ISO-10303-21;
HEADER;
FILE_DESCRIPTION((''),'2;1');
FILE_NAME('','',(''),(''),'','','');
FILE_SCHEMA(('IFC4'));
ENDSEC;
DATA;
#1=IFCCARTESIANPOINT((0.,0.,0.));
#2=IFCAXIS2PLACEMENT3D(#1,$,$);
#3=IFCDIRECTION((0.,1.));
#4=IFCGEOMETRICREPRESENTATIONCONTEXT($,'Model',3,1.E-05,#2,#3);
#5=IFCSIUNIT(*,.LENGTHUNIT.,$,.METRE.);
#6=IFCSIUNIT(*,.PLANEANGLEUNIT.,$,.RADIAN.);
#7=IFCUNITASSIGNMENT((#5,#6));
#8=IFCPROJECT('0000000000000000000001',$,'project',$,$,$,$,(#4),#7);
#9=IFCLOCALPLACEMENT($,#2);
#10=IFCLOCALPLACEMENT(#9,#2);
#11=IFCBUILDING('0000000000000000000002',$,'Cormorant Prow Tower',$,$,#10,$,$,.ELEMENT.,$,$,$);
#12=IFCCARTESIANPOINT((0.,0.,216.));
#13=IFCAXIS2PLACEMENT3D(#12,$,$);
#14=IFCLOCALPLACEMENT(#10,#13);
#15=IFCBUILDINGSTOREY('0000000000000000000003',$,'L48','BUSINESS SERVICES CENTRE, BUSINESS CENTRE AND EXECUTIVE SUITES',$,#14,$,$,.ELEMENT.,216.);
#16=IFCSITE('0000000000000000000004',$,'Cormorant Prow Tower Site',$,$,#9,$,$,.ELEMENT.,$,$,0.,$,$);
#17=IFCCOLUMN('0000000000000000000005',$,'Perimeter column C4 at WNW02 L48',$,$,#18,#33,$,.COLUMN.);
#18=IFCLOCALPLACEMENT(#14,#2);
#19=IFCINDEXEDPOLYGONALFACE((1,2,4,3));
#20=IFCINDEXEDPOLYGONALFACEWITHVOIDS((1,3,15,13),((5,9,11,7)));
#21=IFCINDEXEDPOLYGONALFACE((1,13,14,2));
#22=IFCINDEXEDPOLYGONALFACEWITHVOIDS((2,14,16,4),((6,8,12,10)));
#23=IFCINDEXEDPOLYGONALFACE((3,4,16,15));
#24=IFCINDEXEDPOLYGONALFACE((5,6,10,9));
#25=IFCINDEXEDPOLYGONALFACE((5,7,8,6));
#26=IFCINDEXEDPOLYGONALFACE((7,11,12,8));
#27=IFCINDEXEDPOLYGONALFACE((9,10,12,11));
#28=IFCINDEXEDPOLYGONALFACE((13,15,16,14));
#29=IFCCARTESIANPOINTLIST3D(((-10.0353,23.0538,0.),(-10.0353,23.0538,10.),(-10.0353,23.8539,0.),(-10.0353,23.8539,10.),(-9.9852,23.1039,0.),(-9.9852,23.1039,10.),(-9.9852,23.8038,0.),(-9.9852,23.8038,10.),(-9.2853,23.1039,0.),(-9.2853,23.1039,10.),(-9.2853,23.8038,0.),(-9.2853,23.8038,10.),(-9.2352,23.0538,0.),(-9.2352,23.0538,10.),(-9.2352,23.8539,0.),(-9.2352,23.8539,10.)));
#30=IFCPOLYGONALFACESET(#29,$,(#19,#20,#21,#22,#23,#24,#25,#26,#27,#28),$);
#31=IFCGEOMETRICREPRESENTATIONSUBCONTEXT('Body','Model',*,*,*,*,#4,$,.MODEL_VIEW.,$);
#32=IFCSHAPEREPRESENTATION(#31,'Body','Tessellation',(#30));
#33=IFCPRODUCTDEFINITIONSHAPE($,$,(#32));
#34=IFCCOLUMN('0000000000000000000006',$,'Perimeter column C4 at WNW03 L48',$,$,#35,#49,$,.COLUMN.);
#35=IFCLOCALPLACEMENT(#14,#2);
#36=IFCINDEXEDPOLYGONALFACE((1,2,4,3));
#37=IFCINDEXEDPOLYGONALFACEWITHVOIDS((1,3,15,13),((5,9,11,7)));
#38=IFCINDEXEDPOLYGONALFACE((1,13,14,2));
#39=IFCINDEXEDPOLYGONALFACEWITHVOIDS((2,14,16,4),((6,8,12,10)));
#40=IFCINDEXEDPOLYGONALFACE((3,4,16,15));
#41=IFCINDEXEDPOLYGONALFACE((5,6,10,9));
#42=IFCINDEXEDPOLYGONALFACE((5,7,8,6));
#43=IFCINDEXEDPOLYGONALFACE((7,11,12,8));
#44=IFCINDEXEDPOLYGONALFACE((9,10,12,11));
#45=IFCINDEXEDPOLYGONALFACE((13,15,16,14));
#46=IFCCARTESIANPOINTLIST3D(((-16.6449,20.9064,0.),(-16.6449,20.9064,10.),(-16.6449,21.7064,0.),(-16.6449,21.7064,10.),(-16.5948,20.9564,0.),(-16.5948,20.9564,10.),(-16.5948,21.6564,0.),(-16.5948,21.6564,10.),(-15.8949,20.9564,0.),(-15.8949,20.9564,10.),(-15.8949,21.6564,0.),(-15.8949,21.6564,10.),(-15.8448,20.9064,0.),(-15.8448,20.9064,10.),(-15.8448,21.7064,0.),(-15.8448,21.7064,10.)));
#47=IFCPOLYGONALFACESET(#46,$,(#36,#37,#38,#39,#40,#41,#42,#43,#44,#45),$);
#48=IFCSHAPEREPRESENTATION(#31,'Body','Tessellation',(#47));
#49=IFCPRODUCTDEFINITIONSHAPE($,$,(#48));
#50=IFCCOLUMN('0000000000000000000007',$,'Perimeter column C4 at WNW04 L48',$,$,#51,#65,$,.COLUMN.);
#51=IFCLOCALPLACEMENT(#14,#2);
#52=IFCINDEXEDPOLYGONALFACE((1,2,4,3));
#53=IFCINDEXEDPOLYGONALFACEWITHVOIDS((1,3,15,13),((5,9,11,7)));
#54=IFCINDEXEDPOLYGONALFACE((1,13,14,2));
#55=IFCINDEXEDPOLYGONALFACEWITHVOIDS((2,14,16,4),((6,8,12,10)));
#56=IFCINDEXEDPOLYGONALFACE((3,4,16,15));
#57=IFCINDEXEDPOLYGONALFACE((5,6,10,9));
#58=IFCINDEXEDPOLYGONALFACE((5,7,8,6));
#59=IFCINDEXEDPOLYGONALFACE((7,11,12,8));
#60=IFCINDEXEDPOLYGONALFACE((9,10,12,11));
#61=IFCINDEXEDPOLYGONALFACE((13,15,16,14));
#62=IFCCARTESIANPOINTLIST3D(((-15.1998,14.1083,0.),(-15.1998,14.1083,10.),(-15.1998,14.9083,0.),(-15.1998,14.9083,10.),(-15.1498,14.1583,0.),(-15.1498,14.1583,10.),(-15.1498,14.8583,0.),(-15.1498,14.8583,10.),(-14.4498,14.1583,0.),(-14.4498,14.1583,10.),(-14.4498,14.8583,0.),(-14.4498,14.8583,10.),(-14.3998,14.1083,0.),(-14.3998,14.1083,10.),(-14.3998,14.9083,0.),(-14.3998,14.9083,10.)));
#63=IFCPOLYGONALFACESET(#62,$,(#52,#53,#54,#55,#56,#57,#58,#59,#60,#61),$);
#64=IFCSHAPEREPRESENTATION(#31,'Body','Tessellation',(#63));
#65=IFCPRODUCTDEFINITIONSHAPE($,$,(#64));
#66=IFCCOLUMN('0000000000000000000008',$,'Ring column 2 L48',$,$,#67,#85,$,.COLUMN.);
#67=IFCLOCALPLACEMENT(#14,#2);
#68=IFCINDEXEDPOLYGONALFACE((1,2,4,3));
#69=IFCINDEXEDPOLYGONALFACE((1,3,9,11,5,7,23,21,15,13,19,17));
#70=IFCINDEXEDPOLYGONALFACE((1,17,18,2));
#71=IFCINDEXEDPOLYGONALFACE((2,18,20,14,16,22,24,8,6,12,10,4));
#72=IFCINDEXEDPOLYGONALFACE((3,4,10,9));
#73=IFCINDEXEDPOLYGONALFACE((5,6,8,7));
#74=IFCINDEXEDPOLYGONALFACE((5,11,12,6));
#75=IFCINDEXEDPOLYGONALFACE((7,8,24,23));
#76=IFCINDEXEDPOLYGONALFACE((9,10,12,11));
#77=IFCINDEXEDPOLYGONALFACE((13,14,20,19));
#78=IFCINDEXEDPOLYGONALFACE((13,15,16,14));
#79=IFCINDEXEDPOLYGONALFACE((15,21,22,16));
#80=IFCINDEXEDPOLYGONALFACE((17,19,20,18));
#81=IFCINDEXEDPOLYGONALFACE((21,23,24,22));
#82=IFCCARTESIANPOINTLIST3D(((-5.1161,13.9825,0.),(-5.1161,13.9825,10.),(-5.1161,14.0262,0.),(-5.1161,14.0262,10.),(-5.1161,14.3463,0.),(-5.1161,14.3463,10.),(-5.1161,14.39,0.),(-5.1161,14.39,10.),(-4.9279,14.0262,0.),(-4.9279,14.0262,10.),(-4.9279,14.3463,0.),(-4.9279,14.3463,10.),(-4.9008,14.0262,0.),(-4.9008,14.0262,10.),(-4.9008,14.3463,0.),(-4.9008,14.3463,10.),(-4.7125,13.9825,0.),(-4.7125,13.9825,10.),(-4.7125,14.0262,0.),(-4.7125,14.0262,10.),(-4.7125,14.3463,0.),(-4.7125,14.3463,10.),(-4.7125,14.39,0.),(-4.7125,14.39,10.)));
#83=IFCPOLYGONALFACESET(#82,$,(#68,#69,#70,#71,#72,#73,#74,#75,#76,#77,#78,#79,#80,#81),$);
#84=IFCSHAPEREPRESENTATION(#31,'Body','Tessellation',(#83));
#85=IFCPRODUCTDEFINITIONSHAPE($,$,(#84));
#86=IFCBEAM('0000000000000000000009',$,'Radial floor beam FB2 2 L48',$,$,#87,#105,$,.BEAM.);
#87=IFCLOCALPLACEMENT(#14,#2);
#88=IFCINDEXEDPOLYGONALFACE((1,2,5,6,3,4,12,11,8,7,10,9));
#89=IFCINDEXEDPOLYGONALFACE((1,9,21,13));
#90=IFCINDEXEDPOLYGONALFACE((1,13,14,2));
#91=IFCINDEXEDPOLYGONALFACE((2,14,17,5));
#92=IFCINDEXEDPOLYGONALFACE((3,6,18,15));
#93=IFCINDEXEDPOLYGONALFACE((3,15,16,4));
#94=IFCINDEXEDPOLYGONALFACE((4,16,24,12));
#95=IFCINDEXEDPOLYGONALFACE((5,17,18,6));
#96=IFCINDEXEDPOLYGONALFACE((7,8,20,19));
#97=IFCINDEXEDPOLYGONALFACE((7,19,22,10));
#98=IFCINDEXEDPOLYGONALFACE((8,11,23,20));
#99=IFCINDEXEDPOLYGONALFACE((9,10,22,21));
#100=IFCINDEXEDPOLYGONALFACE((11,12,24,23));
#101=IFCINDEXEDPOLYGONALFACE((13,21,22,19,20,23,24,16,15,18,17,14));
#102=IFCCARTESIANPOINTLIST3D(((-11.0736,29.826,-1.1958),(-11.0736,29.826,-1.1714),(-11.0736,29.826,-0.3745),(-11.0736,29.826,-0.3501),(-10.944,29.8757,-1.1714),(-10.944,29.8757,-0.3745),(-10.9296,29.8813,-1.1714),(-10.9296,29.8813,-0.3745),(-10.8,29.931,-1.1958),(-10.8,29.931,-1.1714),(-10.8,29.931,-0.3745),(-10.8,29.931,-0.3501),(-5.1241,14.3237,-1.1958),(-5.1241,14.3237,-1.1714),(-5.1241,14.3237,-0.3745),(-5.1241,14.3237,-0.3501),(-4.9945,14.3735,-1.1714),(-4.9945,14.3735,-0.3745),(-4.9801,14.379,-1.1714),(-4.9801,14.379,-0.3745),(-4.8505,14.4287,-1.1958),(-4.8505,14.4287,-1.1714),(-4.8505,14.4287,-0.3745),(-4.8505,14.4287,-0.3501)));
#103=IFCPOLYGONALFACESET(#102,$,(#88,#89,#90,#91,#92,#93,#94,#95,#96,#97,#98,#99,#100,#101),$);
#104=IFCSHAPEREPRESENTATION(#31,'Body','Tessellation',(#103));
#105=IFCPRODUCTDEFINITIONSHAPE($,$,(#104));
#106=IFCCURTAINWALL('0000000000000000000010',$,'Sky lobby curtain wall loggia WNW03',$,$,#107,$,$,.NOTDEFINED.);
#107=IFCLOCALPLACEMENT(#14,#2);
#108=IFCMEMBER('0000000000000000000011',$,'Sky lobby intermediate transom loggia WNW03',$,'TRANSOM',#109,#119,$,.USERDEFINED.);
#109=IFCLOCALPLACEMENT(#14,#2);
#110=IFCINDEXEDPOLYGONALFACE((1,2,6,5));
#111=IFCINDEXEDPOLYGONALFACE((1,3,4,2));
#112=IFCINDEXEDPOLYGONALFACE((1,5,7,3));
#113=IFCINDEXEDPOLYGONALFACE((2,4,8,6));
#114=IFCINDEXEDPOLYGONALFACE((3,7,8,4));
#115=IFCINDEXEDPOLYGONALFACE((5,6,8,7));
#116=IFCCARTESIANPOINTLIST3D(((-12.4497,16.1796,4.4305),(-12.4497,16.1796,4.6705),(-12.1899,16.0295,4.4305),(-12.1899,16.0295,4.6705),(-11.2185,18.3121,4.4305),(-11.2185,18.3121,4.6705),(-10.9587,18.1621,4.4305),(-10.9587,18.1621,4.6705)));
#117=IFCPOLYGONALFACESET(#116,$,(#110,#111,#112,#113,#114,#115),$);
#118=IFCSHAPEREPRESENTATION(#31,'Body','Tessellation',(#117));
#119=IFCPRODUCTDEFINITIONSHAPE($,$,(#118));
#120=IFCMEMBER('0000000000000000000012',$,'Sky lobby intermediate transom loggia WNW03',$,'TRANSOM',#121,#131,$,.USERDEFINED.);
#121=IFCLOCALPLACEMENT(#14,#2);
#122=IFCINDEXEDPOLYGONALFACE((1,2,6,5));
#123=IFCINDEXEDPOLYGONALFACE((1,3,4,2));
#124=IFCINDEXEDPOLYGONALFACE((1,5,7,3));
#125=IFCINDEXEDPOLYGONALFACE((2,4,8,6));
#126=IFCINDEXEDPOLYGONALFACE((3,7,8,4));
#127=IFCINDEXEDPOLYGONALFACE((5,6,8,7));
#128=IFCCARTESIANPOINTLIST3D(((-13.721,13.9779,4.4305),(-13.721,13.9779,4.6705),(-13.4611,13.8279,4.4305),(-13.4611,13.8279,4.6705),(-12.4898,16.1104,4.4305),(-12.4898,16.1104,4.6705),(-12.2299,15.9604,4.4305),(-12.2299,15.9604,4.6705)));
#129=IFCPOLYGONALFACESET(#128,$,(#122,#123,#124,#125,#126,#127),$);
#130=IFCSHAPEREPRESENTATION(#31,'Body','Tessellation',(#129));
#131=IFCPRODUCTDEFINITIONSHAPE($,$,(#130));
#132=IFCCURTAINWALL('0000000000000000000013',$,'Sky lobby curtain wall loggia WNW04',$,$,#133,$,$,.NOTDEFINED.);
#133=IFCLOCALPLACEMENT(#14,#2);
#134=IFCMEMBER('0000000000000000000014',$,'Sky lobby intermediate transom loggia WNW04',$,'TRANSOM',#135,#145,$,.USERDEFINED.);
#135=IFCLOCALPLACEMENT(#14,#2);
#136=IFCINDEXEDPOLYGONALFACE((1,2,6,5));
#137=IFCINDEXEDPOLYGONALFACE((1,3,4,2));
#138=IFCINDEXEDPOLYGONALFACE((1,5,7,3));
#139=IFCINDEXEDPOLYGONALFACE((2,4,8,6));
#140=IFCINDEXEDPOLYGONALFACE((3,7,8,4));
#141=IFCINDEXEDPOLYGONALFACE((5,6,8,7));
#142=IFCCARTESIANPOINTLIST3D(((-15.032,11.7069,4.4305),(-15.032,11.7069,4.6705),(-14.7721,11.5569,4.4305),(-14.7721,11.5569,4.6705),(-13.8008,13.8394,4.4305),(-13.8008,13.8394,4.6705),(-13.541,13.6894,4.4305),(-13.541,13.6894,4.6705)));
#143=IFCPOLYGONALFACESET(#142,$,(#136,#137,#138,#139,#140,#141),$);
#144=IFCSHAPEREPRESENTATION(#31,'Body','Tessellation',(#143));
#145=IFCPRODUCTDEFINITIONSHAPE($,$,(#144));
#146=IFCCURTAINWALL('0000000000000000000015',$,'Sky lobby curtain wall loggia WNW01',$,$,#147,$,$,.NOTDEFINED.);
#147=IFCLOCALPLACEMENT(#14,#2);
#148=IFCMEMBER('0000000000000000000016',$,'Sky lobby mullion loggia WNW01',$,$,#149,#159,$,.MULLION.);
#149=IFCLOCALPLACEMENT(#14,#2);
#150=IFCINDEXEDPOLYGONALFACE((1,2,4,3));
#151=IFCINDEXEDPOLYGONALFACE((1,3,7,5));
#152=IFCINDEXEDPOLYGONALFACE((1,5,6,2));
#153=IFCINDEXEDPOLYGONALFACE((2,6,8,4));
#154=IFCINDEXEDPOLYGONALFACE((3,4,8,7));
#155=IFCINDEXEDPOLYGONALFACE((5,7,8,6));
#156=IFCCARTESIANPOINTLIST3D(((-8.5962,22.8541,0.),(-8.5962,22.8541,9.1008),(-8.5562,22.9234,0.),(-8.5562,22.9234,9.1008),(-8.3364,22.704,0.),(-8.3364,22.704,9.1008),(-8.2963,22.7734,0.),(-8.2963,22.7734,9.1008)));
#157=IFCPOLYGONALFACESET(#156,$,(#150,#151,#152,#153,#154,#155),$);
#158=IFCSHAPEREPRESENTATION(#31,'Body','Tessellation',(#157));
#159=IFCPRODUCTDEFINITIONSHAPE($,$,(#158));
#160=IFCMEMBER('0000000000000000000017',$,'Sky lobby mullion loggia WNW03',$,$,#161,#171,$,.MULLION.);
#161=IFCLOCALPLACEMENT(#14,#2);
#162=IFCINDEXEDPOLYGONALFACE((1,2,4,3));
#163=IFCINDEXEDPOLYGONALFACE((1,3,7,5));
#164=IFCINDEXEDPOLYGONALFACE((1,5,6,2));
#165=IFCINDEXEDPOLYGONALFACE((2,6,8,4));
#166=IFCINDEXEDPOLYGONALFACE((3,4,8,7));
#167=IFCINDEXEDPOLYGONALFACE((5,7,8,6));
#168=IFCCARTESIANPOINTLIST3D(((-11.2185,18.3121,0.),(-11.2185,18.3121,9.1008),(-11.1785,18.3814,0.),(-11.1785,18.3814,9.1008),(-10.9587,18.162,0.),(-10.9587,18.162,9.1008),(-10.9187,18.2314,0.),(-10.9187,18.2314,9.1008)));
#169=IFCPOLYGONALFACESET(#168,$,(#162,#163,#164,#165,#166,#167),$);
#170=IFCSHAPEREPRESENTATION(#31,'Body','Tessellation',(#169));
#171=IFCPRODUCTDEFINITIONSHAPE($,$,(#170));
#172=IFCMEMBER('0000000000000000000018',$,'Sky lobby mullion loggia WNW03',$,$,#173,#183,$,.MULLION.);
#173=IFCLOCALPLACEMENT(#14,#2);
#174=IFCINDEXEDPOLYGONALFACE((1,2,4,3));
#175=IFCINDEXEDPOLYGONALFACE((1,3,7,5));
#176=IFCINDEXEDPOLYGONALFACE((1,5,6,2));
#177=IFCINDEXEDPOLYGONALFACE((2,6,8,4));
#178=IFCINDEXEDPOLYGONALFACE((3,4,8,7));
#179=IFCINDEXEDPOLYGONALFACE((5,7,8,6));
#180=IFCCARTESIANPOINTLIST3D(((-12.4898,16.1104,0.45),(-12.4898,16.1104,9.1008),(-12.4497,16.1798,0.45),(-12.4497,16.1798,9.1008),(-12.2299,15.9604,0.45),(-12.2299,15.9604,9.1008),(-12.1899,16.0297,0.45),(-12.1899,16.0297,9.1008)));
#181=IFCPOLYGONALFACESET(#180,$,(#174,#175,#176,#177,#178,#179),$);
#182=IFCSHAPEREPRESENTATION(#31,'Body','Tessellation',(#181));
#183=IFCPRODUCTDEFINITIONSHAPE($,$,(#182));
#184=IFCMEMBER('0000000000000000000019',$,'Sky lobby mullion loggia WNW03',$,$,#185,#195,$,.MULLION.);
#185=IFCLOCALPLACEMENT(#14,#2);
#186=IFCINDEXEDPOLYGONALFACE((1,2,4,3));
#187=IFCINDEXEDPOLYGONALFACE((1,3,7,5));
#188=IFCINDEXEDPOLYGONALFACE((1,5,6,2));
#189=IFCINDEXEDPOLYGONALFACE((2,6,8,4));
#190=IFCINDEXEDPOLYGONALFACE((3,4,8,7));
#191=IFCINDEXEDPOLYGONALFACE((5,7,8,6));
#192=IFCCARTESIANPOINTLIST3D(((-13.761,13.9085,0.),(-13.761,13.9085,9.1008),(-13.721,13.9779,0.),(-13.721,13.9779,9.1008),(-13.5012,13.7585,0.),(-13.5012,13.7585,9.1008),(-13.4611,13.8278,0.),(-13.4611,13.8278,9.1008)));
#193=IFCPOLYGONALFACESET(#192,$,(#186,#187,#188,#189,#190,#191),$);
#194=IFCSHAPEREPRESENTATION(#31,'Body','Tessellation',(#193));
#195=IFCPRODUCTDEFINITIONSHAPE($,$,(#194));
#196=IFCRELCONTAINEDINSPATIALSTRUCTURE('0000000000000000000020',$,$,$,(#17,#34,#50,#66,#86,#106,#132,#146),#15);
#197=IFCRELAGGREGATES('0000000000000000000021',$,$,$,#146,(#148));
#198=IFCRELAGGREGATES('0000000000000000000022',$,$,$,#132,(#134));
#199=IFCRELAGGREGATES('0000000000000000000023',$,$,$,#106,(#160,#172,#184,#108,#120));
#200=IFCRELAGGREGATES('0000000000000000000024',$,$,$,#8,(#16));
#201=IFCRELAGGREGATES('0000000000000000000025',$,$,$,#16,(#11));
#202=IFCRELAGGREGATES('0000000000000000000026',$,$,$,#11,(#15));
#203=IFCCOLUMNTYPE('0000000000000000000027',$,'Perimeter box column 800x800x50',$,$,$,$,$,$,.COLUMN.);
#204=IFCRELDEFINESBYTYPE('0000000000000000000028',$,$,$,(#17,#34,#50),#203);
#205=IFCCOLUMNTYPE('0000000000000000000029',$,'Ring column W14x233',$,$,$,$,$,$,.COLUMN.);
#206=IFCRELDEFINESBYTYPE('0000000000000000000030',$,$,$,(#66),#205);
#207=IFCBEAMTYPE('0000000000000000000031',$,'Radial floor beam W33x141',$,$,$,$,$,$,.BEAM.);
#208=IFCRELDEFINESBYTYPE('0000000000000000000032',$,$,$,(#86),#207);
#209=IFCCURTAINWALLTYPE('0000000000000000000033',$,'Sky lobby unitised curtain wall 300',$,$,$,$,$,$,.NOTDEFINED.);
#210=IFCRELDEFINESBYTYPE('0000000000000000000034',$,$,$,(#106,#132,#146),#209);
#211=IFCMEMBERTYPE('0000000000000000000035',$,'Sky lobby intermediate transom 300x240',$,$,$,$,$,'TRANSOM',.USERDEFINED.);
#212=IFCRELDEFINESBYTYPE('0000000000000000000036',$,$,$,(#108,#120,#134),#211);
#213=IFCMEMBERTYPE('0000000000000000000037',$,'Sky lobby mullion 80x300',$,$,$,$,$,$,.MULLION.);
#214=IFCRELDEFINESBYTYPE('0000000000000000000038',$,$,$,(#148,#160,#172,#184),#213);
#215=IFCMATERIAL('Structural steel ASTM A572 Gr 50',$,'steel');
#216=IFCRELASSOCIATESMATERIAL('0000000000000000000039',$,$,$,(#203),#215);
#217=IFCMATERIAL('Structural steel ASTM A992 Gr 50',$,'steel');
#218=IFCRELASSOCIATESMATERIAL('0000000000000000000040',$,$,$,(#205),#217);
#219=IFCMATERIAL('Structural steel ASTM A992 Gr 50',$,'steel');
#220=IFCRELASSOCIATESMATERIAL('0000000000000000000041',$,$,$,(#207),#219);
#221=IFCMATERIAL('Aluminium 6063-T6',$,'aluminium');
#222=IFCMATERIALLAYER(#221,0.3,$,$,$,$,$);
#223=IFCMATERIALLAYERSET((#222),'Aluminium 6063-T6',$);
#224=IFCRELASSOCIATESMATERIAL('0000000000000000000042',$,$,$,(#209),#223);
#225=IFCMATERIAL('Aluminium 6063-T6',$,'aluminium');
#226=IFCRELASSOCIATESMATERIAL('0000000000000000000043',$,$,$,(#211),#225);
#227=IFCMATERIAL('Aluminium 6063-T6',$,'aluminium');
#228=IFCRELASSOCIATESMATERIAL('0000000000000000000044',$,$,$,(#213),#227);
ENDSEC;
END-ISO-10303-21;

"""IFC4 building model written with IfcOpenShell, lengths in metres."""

from ifc_helpers import new_model, si_unit, direction, frame, origin, origin_2d, place, context, subcontext, project, spatial, rectangle, hollow_rectangle, i_section, extrude, material, layer, layer_set, material_profile, profile_set, type_object, element, aggregate, save


model = new_model("IFC4")

# Units and contexts
model_context = context("Model", 3, precision=1e-05, world=origin(), true_north=direction((0.0, 1.0)))
body_context = subcontext(model_context, "Body", "Model", "MODEL_VIEW")
ifc_project = project(units=[si_unit("LENGTHUNIT", "METRE"), si_unit("PLANEANGLEUNIT", "RADIAN")], contexts=[model_context])

# Site, building, storey
site_placement = place(None, origin())
site = spatial("IfcSite", under=ifc_project, at=site_placement, Name="Cormorant Prow Tower Site", CompositionType="ELEMENT", RefElevation=0.0)
building_placement = place(site_placement, origin())
building = spatial("IfcBuilding", under=site, at=building_placement, Name="Cormorant Prow Tower", CompositionType="ELEMENT")
storey_placement = place(building_placement, frame((0.0, 0.0, 216.0)))
storey = spatial("IfcBuildingStorey", under=building, at=storey_placement, Name="L48", Description="BUSINESS SERVICES CENTRE, BUSINESS CENTRE AND EXECUTIVE SUITES", CompositionType="ELEMENT", Elevation=216.0)

# Columns
ifc_material_1 = material(Name="Structural steel ASTM A572 Gr 50", Category="steel")
ifc_material_profile_1 = material_profile(ifc_material_1, hollow_rectangle(XDim=0.8, YDim=0.8, WallThickness=0.05, at=origin_2d()), Name="Box 800x800x50")
ifc_profile_set_1 = profile_set([ifc_material_profile_1], Name="Structural steel ASTM A572 Gr 50")
column_type_1 = type_object("IfcColumnType", Name="Perimeter box column 800x800x50", PredefinedType="COLUMN", material=ifc_profile_set_1)
for number, where, z_axis, x_axis, name in (
    (1, (-9.6353, 23.4539, 0.0), (0.0, 0.0, 1.0), (1.0, 0.0, 0.0), "Perimeter column C4 at WNW02 L48"),
    (2, (-16.2449, 21.3064, 0.0), (0.0, 0.0, 1.0), (1.0, 0.0, 0.0), "Perimeter column C4 at WNW03 L48"),
    (3, (-14.7998, 14.5083, 0.0), (0.0, 0.0, 1.0), (1.0, 0.0, 0.0), "Perimeter column C4 at WNW04 L48"),
):
    element("IfcColumn", number, at=place(storey_placement, frame(where, z_axis=z_axis, x_axis=x_axis)), inside=storey, type_object=column_type_1, Name=name, PredefinedType="COLUMN", context=body_context, shape_type="SweptSolid", body=[
        extrude(hollow_rectangle(XDim=0.8, YDim=0.8, WallThickness=0.05, at=origin_2d()), origin(), (0.0, 0.0, 1.0), 10.0),
    ])
ifc_material_2 = material(Name="Structural steel ASTM A992 Gr 50", Category="steel")
ifc_material_profile_2 = material_profile(ifc_material_2, i_section(OverallWidth=0.4036, OverallDepth=0.4075, WebThickness=0.0271, FlangeThickness=0.0437, at=origin_2d()), Name="W14x233")
ifc_profile_set_2 = profile_set([ifc_material_profile_2], Name="Structural steel ASTM A992 Gr 50")
column_type_2 = type_object("IfcColumnType", Name="Ring column W14x233", PredefinedType="COLUMN", material=ifc_profile_set_2)
column_placement = place(storey_placement, frame((-4.9143, 14.1863, 0.0), z_axis=(0.0, 0.0, 1.0), x_axis=(1.0, 0.0, 0.0)))
element("IfcColumn", 4, at=column_placement, inside=storey, type_object=column_type_2, Name="Ring column 2 L48", PredefinedType="COLUMN", context=body_context, shape_type="SweptSolid", body=[
    extrude(i_section(OverallWidth=0.4036, OverallDepth=0.4075, WebThickness=0.0271, FlangeThickness=0.0437, at=origin_2d()), origin(), (0.0, 0.0, 1.0), 10.0),
])

# Beam
ifc_material_3 = material(Name="Structural steel ASTM A992 Gr 50", Category="steel")
ifc_material_profile_3 = material_profile(ifc_material_3, i_section(OverallWidth=0.293, OverallDepth=0.8457, WebThickness=0.0154, FlangeThickness=0.0244, at=origin_2d()), Name="W33x141")
ifc_profile_set_3 = profile_set([ifc_material_profile_3], Name="Structural steel ASTM A992 Gr 50")
beam_type_1 = type_object("IfcBeamType", Name="Radial floor beam W33x141", PredefinedType="BEAM", material=ifc_profile_set_3)
beam_1_placement = place(storey_placement, frame((-4.9873, 14.3762, -0.7729), z_axis=(-0.358301, 0.933606, 0.0), x_axis=(-0.933606, -0.358301, 0.0)))
element("IfcBeam", 5, at=beam_1_placement, inside=storey, type_object=beam_type_1, Name="Radial floor beam FB2 2 L48", PredefinedType="BEAM", context=body_context, shape_type="SweptSolid", body=[
    extrude(i_section(OverallWidth=0.293, OverallDepth=0.8457, WebThickness=0.0154, FlangeThickness=0.0244, at=origin_2d()), origin(), (0.0, 0.0, 1.0), 16.6047),
])

# Curtain wall, members
ifc_material_4 = material(Name="Aluminium 6063-T6", Category="aluminium")
ifc_layer_1 = layer(ifc_material_4, 0.3)
ifc_layer_set_1 = layer_set([ifc_layer_1], Name="Aluminium 6063-T6")
curtain_wall_type = type_object("IfcCurtainWallType", Name="Sky lobby unitised curtain wall 300", PredefinedType="NOTDEFINED", material=ifc_layer_set_1)
curtain_wall_1_placement = place(storey_placement, origin())
curtain_wall_1 = element("IfcCurtainWall", 6, at=curtain_wall_1_placement, inside=storey, type_object=curtain_wall_type, Name="Sky lobby curtain wall loggia WNW03", PredefinedType="NOTDEFINED")
ifc_material_5 = material(Name="Aluminium 6063-T6", Category="aluminium")
ifc_material_profile_4 = material_profile(ifc_material_5, rectangle(XDim=0.3, YDim=0.24, at=origin_2d()), Name="Sky lobby intermediate transom 300x240")
ifc_profile_set_4 = profile_set([ifc_material_profile_4], Name="Aluminium 6063-T6")
member_type_1 = type_object("IfcMemberType", Name="Sky lobby intermediate transom 300x240", ElementType="TRANSOM", PredefinedType="USERDEFINED", material=ifc_profile_set_4)
member_1_placement = place(storey_placement, frame((-11.0886, 18.2371, 4.5505), z_axis=(-0.499989, -0.866032, 0.0), x_axis=(0.866032, -0.499989, 0.0)))
member_1 = element("IfcMember", 7, at=member_1_placement, type_object=member_type_1, Name="Sky lobby intermediate transom loggia WNW03", ObjectType="TRANSOM", PredefinedType="USERDEFINED", context=body_context, shape_type="SweptSolid", body=[
    extrude(rectangle(XDim=0.3, YDim=0.24, at=origin_2d()), origin(), (0.0, 0.0, 1.0), 2.4624),
])
member_2_placement = place(storey_placement, frame((-12.3599, 16.0354, 4.5505), z_axis=(-0.499989, -0.866032, 0.0), x_axis=(0.866032, -0.499989, 0.0)))
member_2 = element("IfcMember", 8, at=member_2_placement, type_object=member_type_1, Name="Sky lobby intermediate transom loggia WNW03", ObjectType="TRANSOM", PredefinedType="USERDEFINED", context=body_context, shape_type="SweptSolid", body=[
    extrude(rectangle(XDim=0.3, YDim=0.24, at=origin_2d()), origin(), (0.0, 0.0, 1.0), 2.4624),
])

# Curtain walls, members
curtain_wall_2_placement = place(storey_placement, origin())
curtain_wall_2 = element("IfcCurtainWall", 9, at=curtain_wall_2_placement, inside=storey, type_object=curtain_wall_type, Name="Sky lobby curtain wall loggia WNW04", PredefinedType="NOTDEFINED")
member_3_placement = place(storey_placement, frame((-13.6709, 13.7644, 4.5505), z_axis=(-0.499989, -0.866032, 0.0), x_axis=(0.866032, -0.499989, 0.0)))
member_3 = element("IfcMember", 10, at=member_3_placement, type_object=member_type_1, Name="Sky lobby intermediate transom loggia WNW04", ObjectType="TRANSOM", PredefinedType="USERDEFINED", context=body_context, shape_type="SweptSolid", body=[
    extrude(rectangle(XDim=0.3, YDim=0.24, at=origin_2d()), origin(), (0.0, 0.0, 1.0), 2.4624),
])
curtain_wall_3_placement = place(storey_placement, origin())
curtain_wall_3 = element("IfcCurtainWall", 11, at=curtain_wall_3_placement, inside=storey, type_object=curtain_wall_type, Name="Sky lobby curtain wall loggia WNW01", PredefinedType="NOTDEFINED")
ifc_material_6 = material(Name="Aluminium 6063-T6", Category="aluminium")
ifc_material_profile_5 = material_profile(ifc_material_6, rectangle(XDim=0.3, YDim=0.0801, at=origin_2d()), Name="Sky lobby mullion 80x300")
ifc_profile_set_5 = profile_set([ifc_material_profile_5], Name="Aluminium 6063-T6")
member_type_2 = type_object("IfcMemberType", Name="Sky lobby mullion 80x300", PredefinedType="MULLION", material=ifc_profile_set_5)
member_4_placement = place(storey_placement, frame((-8.4463, 22.8137, 0.0), z_axis=(0.0, 0.0, 1.0), x_axis=(0.866025, -0.5, 0.0)))
member_4 = element("IfcMember", 12, at=member_4_placement, type_object=member_type_2, Name="Sky lobby mullion loggia WNW01", PredefinedType="MULLION", context=body_context, shape_type="SweptSolid", body=[
    extrude(rectangle(XDim=0.3, YDim=0.0801, at=origin_2d()), origin(), (0.0, 0.0, 1.0), 9.1008),
])
aggregate(curtain_wall_3, [member_4])

# Members
member_5_placement = place(storey_placement, frame((-11.0686, 18.2717, 0.0), z_axis=(0.0, 0.0, 1.0), x_axis=(0.866025, -0.5, 0.0)))
member_5 = element("IfcMember", 13, at=member_5_placement, type_object=member_type_2, Name="Sky lobby mullion loggia WNW03", PredefinedType="MULLION", context=body_context, shape_type="SweptSolid", body=[
    extrude(rectangle(XDim=0.3, YDim=0.0801, at=origin_2d()), origin(), (0.0, 0.0, 1.0), 9.1008),
])
member_6_placement = place(storey_placement, frame((-12.3398, 16.0701, 0.45), z_axis=(0.0, 0.0, 1.0), x_axis=(0.866025, -0.5, 0.0)))
member_6 = element("IfcMember", 14, at=member_6_placement, type_object=member_type_2, Name="Sky lobby mullion loggia WNW03", PredefinedType="MULLION", context=body_context, shape_type="SweptSolid", body=[
    extrude(rectangle(XDim=0.3, YDim=0.0801, at=origin_2d()), origin(), (0.0, 0.0, 1.0), 8.6509),
])
member_7_placement = place(storey_placement, frame((-13.6111, 13.8682, 0.0), z_axis=(0.0, 0.0, 1.0), x_axis=(0.866025, -0.5, 0.0)))
member_7 = element("IfcMember", 15, at=member_7_placement, type_object=member_type_2, Name="Sky lobby mullion loggia WNW03", PredefinedType="MULLION", context=body_context, shape_type="SweptSolid", body=[
    extrude(rectangle(XDim=0.3, YDim=0.0801, at=origin_2d()), origin(), (0.0, 0.0, 1.0), 9.1008),
])
aggregate(curtain_wall_2, [member_3])

aggregate(curtain_wall_1, [member_5, member_6, member_7, member_1, member_2])

save(model, "model.ifc")
